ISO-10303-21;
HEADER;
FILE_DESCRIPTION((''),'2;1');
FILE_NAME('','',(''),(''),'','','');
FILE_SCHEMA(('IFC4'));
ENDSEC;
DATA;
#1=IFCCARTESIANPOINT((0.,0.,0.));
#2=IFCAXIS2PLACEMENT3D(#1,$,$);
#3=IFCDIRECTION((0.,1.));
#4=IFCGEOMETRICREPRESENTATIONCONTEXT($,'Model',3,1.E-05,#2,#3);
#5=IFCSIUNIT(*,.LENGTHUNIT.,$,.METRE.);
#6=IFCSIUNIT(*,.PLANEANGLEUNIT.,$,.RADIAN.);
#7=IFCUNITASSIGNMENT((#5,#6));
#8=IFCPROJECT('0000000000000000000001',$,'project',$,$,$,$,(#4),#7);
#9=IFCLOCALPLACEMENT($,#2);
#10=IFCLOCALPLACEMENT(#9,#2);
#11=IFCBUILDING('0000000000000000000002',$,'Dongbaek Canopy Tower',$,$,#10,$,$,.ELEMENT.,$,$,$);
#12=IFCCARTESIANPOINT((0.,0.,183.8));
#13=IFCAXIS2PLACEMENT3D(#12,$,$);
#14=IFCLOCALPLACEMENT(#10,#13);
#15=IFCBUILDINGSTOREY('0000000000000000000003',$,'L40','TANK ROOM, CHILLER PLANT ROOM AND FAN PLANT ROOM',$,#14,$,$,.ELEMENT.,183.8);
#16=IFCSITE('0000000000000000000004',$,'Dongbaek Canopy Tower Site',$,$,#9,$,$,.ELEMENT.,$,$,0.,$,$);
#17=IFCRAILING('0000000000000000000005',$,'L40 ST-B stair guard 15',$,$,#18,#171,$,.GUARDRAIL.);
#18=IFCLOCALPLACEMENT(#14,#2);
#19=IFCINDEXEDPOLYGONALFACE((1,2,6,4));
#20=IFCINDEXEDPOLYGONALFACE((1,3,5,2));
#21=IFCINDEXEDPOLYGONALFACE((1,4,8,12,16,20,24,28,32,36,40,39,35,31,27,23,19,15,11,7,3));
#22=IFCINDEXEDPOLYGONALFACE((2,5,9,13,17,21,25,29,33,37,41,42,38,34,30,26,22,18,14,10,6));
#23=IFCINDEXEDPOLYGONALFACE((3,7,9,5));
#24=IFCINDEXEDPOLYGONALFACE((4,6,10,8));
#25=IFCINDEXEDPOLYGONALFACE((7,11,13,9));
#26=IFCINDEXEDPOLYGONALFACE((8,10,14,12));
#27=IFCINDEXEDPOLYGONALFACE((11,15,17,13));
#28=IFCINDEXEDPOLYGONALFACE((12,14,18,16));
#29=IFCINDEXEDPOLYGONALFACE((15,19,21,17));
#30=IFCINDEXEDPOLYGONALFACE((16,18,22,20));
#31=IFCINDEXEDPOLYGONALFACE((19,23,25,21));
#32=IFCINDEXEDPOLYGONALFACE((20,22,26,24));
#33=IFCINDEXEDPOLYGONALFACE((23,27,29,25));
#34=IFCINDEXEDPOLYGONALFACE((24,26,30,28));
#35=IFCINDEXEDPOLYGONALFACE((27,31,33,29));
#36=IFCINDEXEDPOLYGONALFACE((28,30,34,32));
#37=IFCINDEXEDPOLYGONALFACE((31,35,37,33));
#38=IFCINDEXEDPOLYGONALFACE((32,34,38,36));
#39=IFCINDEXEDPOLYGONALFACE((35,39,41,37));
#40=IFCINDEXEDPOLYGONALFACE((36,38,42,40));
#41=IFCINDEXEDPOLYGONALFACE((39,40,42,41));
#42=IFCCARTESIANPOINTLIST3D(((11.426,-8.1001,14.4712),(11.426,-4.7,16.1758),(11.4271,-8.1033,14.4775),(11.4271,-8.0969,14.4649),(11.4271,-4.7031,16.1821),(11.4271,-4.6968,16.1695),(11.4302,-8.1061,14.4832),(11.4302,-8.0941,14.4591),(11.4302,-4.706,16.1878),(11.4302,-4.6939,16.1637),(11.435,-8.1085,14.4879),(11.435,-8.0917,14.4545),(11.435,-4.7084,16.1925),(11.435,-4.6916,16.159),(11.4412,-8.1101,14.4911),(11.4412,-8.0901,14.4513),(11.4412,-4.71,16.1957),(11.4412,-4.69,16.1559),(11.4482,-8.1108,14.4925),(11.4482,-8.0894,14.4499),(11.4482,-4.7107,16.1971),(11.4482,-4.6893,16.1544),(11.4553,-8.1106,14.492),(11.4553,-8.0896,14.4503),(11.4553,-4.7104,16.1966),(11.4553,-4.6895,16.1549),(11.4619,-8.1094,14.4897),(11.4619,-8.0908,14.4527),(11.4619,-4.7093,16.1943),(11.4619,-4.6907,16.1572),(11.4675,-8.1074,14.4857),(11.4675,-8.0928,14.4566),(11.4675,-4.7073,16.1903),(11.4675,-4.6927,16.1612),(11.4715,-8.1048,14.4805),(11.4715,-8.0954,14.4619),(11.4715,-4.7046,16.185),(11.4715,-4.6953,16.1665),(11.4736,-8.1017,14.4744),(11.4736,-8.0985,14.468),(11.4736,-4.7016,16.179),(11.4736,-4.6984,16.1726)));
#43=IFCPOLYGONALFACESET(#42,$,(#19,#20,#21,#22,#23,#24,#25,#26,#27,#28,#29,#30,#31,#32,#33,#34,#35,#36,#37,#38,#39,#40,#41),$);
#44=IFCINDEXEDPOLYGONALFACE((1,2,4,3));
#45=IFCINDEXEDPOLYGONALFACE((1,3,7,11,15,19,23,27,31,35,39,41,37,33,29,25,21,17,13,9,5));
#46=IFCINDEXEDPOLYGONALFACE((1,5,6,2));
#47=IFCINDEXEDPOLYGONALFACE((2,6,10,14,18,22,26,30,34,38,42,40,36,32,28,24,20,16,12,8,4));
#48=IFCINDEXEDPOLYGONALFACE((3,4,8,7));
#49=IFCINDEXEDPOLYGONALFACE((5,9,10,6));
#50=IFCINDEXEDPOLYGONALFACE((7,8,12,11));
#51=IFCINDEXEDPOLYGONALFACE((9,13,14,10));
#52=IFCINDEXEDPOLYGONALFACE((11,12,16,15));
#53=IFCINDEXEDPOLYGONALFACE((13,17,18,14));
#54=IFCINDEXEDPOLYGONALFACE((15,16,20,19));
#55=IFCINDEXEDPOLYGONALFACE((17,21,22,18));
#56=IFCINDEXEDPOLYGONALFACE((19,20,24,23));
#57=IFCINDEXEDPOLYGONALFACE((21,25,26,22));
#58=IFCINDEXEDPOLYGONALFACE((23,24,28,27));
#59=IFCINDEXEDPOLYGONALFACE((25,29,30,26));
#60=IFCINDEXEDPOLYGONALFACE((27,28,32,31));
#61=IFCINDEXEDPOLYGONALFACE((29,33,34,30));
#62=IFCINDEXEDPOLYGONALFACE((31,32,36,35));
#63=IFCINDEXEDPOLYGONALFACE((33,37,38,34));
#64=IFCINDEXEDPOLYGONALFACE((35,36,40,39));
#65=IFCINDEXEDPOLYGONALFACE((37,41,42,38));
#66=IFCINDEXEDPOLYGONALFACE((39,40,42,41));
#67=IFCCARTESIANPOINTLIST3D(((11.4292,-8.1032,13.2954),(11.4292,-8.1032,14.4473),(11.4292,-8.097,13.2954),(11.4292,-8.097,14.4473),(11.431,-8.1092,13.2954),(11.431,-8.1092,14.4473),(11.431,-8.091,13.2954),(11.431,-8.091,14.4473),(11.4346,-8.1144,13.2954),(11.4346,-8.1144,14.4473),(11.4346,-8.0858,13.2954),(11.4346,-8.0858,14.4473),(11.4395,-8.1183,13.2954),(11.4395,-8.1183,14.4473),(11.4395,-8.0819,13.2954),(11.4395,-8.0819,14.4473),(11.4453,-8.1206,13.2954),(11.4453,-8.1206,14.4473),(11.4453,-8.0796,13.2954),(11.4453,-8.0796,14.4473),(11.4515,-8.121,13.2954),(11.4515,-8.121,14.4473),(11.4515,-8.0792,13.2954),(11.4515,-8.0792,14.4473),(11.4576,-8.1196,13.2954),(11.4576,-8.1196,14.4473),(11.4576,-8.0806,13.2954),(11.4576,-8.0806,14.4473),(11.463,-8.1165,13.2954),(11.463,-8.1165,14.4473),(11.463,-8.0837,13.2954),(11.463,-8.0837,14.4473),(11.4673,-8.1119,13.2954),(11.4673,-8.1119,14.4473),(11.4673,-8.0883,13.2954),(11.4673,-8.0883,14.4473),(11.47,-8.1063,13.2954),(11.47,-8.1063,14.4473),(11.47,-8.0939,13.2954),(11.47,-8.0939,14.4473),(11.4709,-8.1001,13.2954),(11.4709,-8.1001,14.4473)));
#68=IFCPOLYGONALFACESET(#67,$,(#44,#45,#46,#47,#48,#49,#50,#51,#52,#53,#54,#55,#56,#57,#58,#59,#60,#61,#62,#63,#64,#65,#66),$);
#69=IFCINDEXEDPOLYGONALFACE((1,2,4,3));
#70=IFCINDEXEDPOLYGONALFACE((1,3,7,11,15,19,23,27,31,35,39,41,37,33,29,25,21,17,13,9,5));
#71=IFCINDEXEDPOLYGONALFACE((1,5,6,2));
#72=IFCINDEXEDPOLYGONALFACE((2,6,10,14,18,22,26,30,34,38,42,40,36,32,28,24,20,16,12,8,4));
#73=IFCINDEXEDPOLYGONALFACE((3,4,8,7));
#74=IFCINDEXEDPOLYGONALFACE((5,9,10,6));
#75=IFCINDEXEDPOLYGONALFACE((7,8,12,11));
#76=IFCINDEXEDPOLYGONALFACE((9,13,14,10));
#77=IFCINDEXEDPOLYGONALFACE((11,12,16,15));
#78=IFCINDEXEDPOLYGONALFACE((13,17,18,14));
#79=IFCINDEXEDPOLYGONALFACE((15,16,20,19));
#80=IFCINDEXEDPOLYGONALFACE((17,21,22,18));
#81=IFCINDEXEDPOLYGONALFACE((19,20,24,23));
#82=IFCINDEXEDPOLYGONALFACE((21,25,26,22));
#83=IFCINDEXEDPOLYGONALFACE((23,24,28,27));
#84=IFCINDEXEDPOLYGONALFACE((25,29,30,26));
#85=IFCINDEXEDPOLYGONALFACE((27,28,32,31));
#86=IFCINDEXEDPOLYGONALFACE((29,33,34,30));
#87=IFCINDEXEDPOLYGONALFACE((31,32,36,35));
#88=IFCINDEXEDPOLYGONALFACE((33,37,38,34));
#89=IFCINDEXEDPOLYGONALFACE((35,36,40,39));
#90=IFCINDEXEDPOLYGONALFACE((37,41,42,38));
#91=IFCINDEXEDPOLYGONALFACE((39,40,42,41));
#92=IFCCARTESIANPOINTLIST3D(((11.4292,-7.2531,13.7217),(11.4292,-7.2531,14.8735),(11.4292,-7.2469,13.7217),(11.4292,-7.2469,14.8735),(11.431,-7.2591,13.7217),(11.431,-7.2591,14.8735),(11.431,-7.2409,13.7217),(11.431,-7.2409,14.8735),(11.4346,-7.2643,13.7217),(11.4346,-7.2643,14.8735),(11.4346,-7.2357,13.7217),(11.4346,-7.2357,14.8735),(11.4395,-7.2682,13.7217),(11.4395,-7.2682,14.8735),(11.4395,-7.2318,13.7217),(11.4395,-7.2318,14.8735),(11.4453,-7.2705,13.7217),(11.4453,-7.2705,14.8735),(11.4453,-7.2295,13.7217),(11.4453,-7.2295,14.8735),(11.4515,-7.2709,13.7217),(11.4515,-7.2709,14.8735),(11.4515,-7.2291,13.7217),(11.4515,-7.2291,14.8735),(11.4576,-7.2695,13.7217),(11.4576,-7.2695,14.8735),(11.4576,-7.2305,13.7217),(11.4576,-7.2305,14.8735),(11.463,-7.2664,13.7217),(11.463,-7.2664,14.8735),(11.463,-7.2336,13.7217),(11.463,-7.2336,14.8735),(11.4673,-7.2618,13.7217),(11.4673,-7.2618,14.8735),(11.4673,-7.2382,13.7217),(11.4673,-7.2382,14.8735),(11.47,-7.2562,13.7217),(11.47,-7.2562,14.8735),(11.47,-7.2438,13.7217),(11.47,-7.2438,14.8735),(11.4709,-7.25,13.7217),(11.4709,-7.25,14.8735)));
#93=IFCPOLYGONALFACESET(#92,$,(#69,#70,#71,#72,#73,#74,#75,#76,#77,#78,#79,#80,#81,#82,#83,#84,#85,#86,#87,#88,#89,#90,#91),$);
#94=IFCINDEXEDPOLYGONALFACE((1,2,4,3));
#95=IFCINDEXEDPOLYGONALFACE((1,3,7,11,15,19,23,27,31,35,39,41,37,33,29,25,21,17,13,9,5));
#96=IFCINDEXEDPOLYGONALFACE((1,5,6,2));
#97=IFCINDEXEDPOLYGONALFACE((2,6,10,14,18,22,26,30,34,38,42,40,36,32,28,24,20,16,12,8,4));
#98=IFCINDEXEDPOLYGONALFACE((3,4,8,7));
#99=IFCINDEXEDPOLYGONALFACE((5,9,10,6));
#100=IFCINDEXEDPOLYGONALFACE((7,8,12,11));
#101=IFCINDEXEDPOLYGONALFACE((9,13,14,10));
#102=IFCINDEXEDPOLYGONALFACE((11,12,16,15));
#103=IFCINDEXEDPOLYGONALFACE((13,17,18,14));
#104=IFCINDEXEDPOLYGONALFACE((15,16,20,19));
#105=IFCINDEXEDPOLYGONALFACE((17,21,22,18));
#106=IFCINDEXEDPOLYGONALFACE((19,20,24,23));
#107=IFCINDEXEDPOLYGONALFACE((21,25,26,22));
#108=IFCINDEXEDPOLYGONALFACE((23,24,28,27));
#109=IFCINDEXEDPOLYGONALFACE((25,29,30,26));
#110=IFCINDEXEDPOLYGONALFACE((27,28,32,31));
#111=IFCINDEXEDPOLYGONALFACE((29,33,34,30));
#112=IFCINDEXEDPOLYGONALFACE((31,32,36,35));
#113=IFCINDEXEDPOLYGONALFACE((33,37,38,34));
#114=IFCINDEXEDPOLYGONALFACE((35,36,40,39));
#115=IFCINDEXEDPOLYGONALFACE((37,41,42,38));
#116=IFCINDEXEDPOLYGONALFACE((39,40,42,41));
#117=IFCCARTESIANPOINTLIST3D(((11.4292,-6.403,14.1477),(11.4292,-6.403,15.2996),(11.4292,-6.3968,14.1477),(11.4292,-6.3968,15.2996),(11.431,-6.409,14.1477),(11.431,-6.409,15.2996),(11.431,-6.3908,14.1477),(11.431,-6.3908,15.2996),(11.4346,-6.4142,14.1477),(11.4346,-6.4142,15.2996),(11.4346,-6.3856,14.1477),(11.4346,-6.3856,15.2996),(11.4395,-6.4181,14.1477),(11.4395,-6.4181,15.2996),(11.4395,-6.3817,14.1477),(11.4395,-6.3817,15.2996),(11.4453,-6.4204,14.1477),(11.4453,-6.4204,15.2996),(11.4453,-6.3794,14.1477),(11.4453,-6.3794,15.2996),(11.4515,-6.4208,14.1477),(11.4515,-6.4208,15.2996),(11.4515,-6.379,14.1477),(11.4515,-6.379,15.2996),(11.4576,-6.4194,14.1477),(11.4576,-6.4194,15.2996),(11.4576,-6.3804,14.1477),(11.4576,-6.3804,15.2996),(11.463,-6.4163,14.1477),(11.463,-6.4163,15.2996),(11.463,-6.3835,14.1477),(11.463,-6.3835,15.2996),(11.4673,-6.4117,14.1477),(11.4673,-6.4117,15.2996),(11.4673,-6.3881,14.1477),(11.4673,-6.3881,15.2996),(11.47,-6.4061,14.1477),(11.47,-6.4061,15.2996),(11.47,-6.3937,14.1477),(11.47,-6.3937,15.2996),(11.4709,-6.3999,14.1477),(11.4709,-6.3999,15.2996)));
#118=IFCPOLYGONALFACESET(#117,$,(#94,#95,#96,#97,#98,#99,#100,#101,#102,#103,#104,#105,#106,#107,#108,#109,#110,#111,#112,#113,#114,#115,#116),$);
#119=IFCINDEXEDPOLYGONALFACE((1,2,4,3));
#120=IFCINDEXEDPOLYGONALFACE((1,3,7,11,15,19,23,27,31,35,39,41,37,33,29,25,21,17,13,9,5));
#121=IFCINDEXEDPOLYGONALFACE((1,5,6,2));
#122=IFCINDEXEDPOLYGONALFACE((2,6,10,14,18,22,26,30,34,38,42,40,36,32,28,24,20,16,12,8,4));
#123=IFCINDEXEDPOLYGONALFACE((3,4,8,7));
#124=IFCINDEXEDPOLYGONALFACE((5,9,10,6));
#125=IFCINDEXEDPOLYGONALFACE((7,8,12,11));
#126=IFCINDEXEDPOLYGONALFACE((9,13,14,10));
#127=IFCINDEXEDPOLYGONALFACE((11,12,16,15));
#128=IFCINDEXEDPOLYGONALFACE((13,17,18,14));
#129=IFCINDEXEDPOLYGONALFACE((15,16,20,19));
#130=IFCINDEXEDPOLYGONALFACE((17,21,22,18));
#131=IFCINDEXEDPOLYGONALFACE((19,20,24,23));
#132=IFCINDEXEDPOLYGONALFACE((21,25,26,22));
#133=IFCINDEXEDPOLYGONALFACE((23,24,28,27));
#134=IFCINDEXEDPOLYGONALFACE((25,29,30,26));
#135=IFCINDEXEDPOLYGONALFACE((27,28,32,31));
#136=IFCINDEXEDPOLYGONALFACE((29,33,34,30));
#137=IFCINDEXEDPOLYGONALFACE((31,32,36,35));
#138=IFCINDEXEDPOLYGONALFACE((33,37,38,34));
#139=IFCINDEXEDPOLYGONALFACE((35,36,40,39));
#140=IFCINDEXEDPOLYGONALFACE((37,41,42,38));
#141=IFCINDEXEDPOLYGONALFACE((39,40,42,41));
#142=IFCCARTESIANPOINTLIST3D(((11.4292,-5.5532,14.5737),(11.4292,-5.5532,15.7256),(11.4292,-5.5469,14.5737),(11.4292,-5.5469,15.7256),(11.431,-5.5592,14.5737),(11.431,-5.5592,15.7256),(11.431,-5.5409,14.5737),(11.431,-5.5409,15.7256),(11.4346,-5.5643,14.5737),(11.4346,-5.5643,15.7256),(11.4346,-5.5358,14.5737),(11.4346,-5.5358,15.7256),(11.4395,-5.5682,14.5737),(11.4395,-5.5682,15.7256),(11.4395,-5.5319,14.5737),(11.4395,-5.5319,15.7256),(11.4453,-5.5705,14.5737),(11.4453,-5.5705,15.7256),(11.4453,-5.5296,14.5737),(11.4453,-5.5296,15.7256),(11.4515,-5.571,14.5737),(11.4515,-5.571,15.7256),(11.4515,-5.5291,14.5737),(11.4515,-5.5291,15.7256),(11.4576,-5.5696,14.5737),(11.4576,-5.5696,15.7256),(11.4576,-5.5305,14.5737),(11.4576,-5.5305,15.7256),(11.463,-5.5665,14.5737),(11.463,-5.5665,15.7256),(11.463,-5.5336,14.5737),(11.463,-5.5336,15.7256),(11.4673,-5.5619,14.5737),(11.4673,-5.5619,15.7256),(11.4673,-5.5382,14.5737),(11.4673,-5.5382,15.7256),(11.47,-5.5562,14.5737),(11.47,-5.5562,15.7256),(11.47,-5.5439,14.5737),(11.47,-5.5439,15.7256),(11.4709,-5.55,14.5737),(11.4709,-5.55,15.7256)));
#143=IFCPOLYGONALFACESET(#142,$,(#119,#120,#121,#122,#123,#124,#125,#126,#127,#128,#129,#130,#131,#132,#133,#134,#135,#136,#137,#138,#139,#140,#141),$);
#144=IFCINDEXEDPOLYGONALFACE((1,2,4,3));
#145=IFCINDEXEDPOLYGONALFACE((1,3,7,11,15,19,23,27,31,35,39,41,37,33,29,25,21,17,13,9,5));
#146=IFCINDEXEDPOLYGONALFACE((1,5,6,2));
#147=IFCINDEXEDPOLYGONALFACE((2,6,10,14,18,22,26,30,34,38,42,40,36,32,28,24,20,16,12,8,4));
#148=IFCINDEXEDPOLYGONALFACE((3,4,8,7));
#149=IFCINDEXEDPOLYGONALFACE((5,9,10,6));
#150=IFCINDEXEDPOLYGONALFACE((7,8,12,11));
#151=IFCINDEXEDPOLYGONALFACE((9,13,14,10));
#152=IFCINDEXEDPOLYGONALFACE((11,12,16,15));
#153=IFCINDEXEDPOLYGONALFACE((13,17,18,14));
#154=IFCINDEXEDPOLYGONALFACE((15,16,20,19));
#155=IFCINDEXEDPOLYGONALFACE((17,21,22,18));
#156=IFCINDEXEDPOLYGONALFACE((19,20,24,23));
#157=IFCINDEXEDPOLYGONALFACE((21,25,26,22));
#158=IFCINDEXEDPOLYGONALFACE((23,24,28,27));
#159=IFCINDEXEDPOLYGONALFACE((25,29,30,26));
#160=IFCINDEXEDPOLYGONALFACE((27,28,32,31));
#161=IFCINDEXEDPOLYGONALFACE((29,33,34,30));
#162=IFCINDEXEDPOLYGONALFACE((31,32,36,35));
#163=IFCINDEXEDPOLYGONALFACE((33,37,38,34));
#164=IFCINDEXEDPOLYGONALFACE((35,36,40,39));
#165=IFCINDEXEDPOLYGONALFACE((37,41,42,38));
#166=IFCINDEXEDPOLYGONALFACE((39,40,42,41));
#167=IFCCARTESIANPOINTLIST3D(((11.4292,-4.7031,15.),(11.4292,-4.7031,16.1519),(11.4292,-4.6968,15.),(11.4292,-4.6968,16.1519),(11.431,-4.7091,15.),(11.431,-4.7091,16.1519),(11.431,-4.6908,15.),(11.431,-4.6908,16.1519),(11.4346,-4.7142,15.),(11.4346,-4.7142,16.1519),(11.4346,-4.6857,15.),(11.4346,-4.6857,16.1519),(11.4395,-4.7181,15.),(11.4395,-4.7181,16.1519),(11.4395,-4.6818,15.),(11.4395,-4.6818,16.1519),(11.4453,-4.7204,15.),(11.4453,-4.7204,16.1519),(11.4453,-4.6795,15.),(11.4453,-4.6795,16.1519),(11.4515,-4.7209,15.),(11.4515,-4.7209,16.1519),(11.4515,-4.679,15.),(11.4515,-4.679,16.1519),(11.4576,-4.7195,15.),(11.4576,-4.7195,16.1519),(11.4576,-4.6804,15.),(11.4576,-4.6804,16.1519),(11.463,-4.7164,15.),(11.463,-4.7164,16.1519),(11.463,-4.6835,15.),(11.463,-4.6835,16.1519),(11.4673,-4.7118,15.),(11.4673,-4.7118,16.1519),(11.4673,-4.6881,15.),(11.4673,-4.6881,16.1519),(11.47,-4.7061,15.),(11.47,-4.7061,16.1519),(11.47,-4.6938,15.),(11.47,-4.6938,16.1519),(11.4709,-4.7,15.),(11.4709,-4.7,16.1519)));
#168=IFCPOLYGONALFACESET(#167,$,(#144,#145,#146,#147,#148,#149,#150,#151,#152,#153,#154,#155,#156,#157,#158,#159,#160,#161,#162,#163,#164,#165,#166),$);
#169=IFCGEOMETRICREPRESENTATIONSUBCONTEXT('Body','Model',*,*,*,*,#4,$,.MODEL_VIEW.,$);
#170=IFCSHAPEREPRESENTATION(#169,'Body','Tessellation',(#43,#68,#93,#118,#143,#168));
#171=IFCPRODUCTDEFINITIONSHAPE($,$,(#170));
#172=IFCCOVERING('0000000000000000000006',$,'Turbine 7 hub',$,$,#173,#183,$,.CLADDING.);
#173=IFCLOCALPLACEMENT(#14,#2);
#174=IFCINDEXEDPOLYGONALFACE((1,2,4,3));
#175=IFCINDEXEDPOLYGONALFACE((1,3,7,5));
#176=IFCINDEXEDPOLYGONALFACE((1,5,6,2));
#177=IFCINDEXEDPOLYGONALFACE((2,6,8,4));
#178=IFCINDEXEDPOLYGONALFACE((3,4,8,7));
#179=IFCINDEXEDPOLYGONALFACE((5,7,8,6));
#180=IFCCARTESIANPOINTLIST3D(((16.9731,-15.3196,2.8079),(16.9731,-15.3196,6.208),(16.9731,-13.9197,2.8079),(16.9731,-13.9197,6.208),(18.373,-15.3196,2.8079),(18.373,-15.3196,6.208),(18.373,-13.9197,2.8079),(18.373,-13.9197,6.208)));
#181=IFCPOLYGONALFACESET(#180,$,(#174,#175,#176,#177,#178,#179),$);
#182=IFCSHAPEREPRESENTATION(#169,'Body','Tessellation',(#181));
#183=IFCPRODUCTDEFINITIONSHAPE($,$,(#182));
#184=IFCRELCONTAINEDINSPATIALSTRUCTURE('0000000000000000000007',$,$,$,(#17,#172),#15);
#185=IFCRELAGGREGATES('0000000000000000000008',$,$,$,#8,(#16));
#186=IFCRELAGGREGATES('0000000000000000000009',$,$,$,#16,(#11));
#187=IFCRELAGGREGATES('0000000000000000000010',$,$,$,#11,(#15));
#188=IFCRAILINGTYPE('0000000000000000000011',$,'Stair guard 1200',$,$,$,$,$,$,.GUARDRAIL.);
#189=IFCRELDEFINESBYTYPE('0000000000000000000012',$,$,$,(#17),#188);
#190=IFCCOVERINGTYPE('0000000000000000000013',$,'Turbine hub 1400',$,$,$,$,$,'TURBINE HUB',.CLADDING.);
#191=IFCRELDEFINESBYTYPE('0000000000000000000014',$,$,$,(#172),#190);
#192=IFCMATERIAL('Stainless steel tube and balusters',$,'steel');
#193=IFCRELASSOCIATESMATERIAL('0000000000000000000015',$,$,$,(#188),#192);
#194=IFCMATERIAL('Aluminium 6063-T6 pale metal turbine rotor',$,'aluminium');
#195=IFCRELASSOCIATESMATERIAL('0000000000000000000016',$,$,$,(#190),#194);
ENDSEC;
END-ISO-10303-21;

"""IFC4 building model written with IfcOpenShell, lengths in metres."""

from ifc_helpers import new_model, si_unit, direction, frame, origin, origin_2d, place, context, subcontext, project, spatial, rectangle, circle, extrude, material, material_profile, profile_set, type_object, element, save


model = new_model("IFC4")

# Units and contexts
model_context = context("Model", 3, precision=1e-05, world=origin(), true_north=direction((0.0, 1.0)))
body_context = subcontext(model_context, "Body", "Model", "MODEL_VIEW")
ifc_project = project(units=[si_unit("LENGTHUNIT", "METRE"), si_unit("PLANEANGLEUNIT", "RADIAN")], contexts=[model_context])

# Site, building, storey
site_placement = place(None, origin())
site = spatial("IfcSite", under=ifc_project, at=site_placement, Name="Dongbaek Canopy Tower Site", CompositionType="ELEMENT", RefElevation=0.0)
building_placement = place(site_placement, origin())
building = spatial("IfcBuilding", under=site, at=building_placement, Name="Dongbaek Canopy Tower", CompositionType="ELEMENT")
storey_placement = place(building_placement, frame((0.0, 0.0, 183.8)))
storey = spatial("IfcBuildingStorey", under=building, at=storey_placement, Name="L40", Description="TANK ROOM, CHILLER PLANT ROOM AND FAN PLANT ROOM", CompositionType="ELEMENT", Elevation=183.8)

# Railing
ifc_material_1 = material(Name="Stainless steel tube and balusters", Category="steel")
railing_type_1 = type_object("IfcRailingType", Name="Stair guard 1200", PredefinedType="GUARDRAIL", material=ifc_material_1)
for number, where, name in (
    (1, (11.45, -8.1001, 13.2954), "L40 ST-B stair guard 15"),
):
    element("IfcRailing", number, at=place(storey_placement, frame(where)), inside=storey, type_object=railing_type_1, Name=name, PredefinedType="GUARDRAIL", context=body_context, shape_type="SweptSolid", body=[
        extrude(circle(Radius=0.0239, at=origin_2d()), frame((0.0, 0.0, 1.1758), z_axis=(0.0, 0.893952, 0.448163), x_axis=(-1.0, 0.0, 0.0)), (0.0, 0.0, 1.0), 3.8035),
        extrude(circle(Radius=0.021, at=origin_2d()), origin(), (0.0, 0.0, 1.0), 1.1519),
        extrude(circle(Radius=0.021, at=origin_2d()), frame((0.0, 0.8501, 0.4263)), (0.0, 0.0, 1.0), 1.1519),
        extrude(circle(Radius=0.021, at=origin_2d()), frame((0.0, 1.7002, 0.8523)), (0.0, 0.0, 1.0), 1.1519),
        extrude(circle(Radius=0.021, at=origin_2d()), frame((0.0, 2.55, 1.2783)), (0.0, 0.0, 1.0), 1.1519),
        extrude(circle(Radius=0.021, at=origin_2d()), frame((0.0, 3.4001, 1.7046)), (0.0, 0.0, 1.0), 1.1519),
    ])

# Covering
ifc_material_2 = material(Name="Aluminium 6063-T6 pale metal turbine rotor", Category="aluminium")
ifc_material_profile_1 = material_profile(ifc_material_2, rectangle(XDim=1.3999, YDim=1.3999, at=origin_2d()), Name="Turbine hub 1400")
ifc_profile_set_1 = profile_set([ifc_material_profile_1], Name="Aluminium 6063-T6 pale metal turbine rotor")
covering_type = type_object("IfcCoveringType", Name="Turbine hub 1400", ElementType="TURBINE HUB", PredefinedType="CLADDING", material=ifc_profile_set_1)
covering_placement = place(storey_placement, frame((17.6731, -14.6196, 2.8079), z_axis=(0.0, 0.0, 1.0), x_axis=(1.0, 0.0, 0.0)))
element("IfcCovering", 2, at=covering_placement, inside=storey, type_object=covering_type, Name="Turbine 7 hub", PredefinedType="CLADDING", context=body_context, shape_type="SweptSolid", body=[
    extrude(rectangle(XDim=1.3999, YDim=1.3999, at=origin_2d()), origin(), (0.0, 0.0, 1.0), 3.4001),
])

save(model, "model.ifc")
